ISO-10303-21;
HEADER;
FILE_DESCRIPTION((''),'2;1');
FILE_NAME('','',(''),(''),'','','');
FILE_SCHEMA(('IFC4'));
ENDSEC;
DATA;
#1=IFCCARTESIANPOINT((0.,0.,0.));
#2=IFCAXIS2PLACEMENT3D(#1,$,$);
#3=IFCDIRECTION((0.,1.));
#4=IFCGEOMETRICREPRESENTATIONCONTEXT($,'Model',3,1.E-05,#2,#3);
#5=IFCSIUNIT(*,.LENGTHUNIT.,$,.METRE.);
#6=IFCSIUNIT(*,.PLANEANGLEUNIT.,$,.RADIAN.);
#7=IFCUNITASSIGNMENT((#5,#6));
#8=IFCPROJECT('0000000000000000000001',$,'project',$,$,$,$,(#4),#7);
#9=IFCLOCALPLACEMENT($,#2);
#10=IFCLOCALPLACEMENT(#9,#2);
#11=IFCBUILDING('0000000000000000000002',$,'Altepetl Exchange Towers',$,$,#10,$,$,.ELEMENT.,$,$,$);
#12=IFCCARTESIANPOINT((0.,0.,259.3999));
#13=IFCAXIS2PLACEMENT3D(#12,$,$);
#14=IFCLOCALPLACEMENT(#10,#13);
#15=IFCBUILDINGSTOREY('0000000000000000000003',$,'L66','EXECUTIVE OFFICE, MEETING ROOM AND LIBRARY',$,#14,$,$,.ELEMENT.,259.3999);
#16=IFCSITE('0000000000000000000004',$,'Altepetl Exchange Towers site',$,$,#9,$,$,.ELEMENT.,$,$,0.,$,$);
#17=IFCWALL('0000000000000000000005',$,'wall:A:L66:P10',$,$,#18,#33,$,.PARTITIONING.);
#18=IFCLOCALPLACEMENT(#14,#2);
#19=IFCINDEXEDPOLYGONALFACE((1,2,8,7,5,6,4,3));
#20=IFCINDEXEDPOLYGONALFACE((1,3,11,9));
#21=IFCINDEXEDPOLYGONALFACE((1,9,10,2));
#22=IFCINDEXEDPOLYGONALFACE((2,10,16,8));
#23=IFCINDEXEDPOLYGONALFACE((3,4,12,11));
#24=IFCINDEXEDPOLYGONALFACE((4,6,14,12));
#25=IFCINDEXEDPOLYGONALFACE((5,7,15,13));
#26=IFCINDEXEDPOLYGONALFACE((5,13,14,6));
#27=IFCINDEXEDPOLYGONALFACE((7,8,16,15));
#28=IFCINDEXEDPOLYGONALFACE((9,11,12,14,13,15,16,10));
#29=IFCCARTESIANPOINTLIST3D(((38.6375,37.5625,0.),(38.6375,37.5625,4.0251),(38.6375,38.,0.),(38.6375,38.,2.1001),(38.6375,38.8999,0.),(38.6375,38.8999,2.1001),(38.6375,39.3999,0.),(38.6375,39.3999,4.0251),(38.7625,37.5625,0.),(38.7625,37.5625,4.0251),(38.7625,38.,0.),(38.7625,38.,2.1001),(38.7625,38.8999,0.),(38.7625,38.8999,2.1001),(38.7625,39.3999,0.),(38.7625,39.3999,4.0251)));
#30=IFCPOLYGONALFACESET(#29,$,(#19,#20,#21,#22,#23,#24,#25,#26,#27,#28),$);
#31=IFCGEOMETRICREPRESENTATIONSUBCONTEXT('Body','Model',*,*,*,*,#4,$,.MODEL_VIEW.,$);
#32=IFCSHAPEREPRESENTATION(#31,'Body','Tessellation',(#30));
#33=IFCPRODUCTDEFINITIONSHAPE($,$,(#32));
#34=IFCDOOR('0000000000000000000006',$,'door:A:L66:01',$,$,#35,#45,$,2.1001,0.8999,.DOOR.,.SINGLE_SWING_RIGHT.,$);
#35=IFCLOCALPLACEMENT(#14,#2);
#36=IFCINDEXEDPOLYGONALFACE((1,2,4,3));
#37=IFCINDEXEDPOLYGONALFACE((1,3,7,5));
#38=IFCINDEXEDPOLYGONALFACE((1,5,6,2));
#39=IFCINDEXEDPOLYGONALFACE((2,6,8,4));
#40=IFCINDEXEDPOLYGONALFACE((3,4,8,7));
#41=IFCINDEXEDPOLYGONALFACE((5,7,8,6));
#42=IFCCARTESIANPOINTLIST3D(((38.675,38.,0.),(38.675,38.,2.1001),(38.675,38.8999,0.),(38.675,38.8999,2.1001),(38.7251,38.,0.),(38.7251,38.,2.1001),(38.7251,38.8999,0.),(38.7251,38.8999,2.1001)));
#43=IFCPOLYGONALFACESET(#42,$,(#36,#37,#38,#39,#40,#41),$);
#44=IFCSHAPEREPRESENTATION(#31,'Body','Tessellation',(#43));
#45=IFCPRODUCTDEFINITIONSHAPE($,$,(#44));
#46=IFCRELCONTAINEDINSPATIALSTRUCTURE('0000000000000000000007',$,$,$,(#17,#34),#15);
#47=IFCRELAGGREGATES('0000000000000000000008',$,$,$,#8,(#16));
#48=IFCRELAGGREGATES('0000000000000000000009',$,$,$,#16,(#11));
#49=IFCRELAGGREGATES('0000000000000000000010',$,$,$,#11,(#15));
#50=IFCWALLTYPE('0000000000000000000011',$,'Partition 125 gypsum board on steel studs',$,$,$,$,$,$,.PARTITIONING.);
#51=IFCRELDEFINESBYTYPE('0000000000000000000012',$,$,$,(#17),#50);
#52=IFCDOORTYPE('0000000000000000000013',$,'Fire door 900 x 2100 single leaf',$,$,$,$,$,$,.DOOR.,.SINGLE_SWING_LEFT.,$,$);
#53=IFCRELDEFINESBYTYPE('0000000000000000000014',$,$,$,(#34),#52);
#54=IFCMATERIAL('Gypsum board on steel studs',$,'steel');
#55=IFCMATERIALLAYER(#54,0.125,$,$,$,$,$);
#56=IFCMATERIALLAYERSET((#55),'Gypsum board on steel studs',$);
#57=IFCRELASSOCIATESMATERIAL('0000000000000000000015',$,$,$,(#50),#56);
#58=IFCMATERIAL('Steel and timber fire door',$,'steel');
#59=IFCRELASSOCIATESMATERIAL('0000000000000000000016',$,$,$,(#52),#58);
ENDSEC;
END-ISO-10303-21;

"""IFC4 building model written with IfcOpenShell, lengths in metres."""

from ifc_helpers import new_model, si_unit, direction, frame, frame_2d, origin, place, context, subcontext, project, spatial, rectangle, extrude, material, layer, layer_set, type_object, element, fill, save


model = new_model("IFC4")

# Units and contexts
model_context = context("Model", 3, precision=1e-05, world=origin(), true_north=direction((0.0, 1.0)))
body_context = subcontext(model_context, "Body", "Model", "MODEL_VIEW")
ifc_project = project(units=[si_unit("LENGTHUNIT", "METRE"), si_unit("PLANEANGLEUNIT", "RADIAN")], contexts=[model_context])

# Site, building, storey
site_placement = place(None, origin())
site = spatial("IfcSite", under=ifc_project, at=site_placement, Name="Altepetl Exchange Towers site", CompositionType="ELEMENT", RefElevation=0.0)
building_placement = place(site_placement, origin())
building = spatial("IfcBuilding", under=site, at=building_placement, Name="Altepetl Exchange Towers", CompositionType="ELEMENT")
storey_placement = place(building_placement, frame((0.0, 0.0, 259.3999)))
storey = spatial("IfcBuildingStorey", under=building, at=storey_placement, Name="L66", Description="EXECUTIVE OFFICE, MEETING ROOM AND LIBRARY", CompositionType="ELEMENT", Elevation=259.3999)

# Wall, opening, door
ifc_material_1 = material(Name="Gypsum board on steel studs", Category="steel")
ifc_layer_1 = layer(ifc_material_1, 0.125)
ifc_layer_set_1 = layer_set([ifc_layer_1], Name="Gypsum board on steel studs")
wall_type = type_object("IfcWallType", Name="Partition 125 gypsum board on steel studs", PredefinedType="PARTITIONING", material=ifc_layer_set_1)
ifc_material_2 = material(Name="Steel and timber fire door", Category="steel")
wall_1_placement = place(storey_placement, frame((38.7, 37.5625, 0.0), z_axis=(0.0, 0.0, 1.0), x_axis=(0.0, 1.0, 0.0)))
wall_1 = element("IfcWall", 1, at=wall_1_placement, inside=storey, type_object=wall_type, Name="wall:A:L66:P10", PredefinedType="PARTITIONING", context=body_context, shape_type="SweptSolid", body=[
    extrude(rectangle(XDim=1.8374, YDim=0.125, at=frame_2d((0.9187, 0.0))), origin(), (0.0, 0.0, 1.0), 4.0251),
])
opening_1_placement = place(wall_1_placement, frame((0.4375, 0.0, 0.0)))
opening_1 = element("IfcOpeningElement", 2, at=opening_1_placement, cuts=wall_1, PredefinedType="OPENING", context=body_context, shape_type="SweptSolid", body=[
    extrude(rectangle(XDim=0.8999, YDim=2.1001, at=frame_2d((0.45, 1.05))), frame((0.0, 0.0725, 0.0), z_axis=(0.0, -1.0, 0.0), x_axis=(1.0, 0.0, 0.0)), (0.0, 0.0, 1.0), 0.145),
])
door_type_1 = type_object("IfcDoorType", Name="Fire door 900 x 2100 single leaf", OperationType="SINGLE_SWING_LEFT", PredefinedType="DOOR", material=ifc_material_2)
door_1_placement = place(opening_1_placement, origin())
door_1 = element("IfcDoor", 3, at=door_1_placement, inside=storey, type_object=door_type_1, Name="door:A:L66:01", OperationType="SINGLE_SWING_RIGHT", OverallHeight=2.1001, OverallWidth=0.8999, PredefinedType="DOOR", context=body_context, shape_type="SweptSolid", body=[
    extrude(rectangle(XDim=0.8999, YDim=2.1001, at=frame_2d((0.45, 1.05))), frame((0.0, 0.0249, 0.0), z_axis=(0.0, -1.0, 0.0), x_axis=(1.0, 0.0, 0.0)), (0.0, 0.0, 1.0), 0.05),
])
fill(opening_1, door_1)

save(model, "model.ifc")
